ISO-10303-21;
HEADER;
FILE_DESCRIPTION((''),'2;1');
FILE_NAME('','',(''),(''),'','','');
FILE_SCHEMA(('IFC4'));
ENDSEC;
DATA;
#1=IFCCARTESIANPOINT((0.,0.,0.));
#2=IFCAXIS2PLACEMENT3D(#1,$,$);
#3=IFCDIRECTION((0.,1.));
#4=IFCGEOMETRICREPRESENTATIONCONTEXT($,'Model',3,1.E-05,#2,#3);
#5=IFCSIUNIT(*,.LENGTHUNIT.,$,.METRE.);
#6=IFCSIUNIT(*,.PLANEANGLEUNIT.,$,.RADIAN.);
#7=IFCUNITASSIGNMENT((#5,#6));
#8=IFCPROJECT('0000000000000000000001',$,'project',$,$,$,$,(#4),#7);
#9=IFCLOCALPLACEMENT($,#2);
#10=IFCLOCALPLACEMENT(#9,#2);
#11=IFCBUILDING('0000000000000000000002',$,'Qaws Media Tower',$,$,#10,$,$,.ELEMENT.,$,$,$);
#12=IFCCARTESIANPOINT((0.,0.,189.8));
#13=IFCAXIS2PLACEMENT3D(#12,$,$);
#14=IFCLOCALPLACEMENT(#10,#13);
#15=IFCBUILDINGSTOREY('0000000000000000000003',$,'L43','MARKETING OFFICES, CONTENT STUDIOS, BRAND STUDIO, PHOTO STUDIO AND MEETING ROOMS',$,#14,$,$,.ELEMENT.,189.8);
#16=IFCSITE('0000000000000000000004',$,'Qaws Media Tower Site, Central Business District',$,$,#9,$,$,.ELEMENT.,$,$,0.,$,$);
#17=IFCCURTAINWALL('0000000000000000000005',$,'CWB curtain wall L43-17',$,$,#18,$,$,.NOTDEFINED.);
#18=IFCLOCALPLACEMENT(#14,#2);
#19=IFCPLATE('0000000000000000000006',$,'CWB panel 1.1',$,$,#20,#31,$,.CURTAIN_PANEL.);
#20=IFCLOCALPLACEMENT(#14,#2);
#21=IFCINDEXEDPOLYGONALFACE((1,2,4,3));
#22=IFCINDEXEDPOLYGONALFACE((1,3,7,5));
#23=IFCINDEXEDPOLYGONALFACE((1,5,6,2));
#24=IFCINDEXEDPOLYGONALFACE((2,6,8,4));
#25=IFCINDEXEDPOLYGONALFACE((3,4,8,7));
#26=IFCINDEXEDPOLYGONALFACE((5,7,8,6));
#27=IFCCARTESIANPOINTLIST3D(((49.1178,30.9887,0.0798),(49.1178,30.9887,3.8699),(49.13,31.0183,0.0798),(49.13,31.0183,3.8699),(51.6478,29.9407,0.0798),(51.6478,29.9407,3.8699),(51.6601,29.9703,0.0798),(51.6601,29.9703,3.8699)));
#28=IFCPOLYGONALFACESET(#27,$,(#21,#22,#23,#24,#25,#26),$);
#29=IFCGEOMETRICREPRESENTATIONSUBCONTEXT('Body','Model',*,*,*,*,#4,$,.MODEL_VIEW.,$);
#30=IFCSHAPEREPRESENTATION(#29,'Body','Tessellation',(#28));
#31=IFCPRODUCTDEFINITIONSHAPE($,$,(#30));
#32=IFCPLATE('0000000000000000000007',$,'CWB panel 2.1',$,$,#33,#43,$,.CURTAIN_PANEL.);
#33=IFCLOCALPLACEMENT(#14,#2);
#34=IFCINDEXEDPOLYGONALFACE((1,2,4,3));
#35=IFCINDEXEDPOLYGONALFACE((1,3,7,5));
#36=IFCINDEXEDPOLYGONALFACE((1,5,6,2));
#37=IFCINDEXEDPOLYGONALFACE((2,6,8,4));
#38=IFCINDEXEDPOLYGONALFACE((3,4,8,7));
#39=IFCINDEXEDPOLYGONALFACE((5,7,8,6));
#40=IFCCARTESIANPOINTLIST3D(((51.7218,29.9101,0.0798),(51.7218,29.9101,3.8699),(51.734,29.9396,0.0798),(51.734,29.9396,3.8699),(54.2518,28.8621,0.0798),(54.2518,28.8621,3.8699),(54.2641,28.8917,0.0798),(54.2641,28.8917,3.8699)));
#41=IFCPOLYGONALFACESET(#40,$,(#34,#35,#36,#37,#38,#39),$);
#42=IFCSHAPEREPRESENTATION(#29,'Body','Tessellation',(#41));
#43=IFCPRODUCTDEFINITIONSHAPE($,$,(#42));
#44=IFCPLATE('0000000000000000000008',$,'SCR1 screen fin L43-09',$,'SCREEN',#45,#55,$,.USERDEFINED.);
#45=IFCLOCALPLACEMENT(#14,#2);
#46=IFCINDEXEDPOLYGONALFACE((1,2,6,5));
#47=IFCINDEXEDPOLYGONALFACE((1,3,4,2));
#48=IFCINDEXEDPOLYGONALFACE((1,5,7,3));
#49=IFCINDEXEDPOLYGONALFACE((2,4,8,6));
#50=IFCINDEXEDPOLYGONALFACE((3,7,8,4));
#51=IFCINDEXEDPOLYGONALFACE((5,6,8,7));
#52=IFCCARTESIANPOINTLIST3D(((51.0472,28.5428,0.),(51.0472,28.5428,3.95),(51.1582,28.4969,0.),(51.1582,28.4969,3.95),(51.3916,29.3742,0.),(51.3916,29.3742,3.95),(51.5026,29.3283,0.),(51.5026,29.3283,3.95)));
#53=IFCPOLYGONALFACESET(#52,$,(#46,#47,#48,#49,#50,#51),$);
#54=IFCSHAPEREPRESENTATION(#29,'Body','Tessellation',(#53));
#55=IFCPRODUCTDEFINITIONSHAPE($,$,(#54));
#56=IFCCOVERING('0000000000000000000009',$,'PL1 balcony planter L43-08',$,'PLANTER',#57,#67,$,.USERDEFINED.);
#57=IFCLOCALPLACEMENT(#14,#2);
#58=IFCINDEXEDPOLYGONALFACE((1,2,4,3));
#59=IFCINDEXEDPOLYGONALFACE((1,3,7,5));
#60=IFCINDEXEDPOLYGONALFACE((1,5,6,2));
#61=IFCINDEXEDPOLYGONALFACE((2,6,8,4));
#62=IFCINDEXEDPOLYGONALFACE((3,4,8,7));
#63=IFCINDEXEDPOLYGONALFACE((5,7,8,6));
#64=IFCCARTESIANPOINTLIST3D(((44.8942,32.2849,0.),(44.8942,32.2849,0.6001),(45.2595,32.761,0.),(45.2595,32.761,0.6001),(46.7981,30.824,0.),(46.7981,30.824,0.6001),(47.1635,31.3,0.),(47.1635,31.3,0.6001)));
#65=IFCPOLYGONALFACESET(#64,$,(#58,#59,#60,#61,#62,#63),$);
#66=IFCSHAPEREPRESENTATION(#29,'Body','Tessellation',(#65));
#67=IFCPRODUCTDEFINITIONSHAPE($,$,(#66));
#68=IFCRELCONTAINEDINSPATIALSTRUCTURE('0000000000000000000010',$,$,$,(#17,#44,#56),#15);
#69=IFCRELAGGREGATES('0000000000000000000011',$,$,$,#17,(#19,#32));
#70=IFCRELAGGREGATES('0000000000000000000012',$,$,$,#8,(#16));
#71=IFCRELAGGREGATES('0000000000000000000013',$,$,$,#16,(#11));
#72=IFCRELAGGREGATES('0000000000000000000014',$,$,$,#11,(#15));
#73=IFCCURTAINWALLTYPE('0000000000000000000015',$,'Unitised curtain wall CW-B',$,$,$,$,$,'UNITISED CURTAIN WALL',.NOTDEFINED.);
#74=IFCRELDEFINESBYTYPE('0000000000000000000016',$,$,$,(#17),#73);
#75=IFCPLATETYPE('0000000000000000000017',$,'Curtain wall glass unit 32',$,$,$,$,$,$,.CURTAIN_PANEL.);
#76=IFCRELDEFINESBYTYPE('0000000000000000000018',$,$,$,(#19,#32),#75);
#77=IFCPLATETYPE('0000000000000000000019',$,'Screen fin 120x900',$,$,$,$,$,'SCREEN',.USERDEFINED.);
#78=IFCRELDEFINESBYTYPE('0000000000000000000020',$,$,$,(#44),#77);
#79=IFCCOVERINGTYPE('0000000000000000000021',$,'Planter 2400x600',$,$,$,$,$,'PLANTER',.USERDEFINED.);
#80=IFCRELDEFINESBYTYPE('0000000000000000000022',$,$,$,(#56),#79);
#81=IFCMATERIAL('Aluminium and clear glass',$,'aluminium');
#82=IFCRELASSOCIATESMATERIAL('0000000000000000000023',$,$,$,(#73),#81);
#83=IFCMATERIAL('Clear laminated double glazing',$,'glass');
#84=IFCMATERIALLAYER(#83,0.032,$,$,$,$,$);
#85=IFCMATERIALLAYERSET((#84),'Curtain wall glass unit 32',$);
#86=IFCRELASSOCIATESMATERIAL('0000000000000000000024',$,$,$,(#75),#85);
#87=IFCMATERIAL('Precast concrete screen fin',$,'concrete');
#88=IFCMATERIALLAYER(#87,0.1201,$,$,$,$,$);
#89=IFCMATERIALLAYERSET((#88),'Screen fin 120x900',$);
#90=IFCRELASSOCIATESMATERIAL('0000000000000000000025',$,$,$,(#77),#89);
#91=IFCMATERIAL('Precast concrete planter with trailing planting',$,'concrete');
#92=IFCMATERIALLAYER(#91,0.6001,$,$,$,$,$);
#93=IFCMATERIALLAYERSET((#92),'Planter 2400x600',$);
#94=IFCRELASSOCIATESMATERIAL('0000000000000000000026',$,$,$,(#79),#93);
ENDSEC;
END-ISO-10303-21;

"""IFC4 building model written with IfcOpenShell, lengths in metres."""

from ifc_helpers import new_model, si_unit, direction, frame, origin, origin_2d, place, context, subcontext, project, spatial, rectangle, extrude, material, layer, layer_set, type_object, element, aggregate, save


model = new_model("IFC4")

# Units and contexts
model_context = context("Model", 3, precision=1e-05, world=origin(), true_north=direction((0.0, 1.0)))
body_context = subcontext(model_context, "Body", "Model", "MODEL_VIEW")
ifc_project = project(units=[si_unit("LENGTHUNIT", "METRE"), si_unit("PLANEANGLEUNIT", "RADIAN")], contexts=[model_context])

# Site, building, storey
site_placement = place(None, origin())
site = spatial("IfcSite", under=ifc_project, at=site_placement, Name="Qaws Media Tower Site, Central Business District", CompositionType="ELEMENT", RefElevation=0.0)
building_placement = place(site_placement, origin())
building = spatial("IfcBuilding", under=site, at=building_placement, Name="Qaws Media Tower", CompositionType="ELEMENT")
storey_placement = place(building_placement, frame((0.0, 0.0, 189.8)))
storey = spatial("IfcBuildingStorey", under=building, at=storey_placement, Name="L43", Description="MARKETING OFFICES, CONTENT STUDIOS, BRAND STUDIO, PHOTO STUDIO AND MEETING ROOMS", CompositionType="ELEMENT", Elevation=189.8)

# Curtain wall
ifc_material_1 = material(Name="Aluminium and clear glass", Category="aluminium")
curtain_wall_type = type_object("IfcCurtainWallType", Name="Unitised curtain wall CW-B", ElementType="UNITISED CURTAIN WALL", PredefinedType="NOTDEFINED", material=ifc_material_1)
curtain_wall_1_placement = place(storey_placement, origin())
curtain_wall_1 = element("IfcCurtainWall", 1, at=curtain_wall_1_placement, inside=storey, type_object=curtain_wall_type, Name="CWB curtain wall L43-17", PredefinedType="NOTDEFINED")

# Plates
ifc_material_2 = material(Name="Clear laminated double glazing", Category="glass")
ifc_layer_1 = layer(ifc_material_2, 0.032)
ifc_layer_set_1 = layer_set([ifc_layer_1], Name="Curtain wall glass unit 32")
plate_type_1 = type_object("IfcPlateType", Name="Curtain wall glass unit 32", PredefinedType="CURTAIN_PANEL", material=ifc_layer_set_1)
plate_1_placement = place(storey_placement, frame((50.3889, 30.4795, 0.0798), z_axis=(0.0, 0.0, 1.0), x_axis=(0.923879, -0.382684, 0.0)))
plate_1 = element("IfcPlate", 2, at=plate_1_placement, type_object=plate_type_1, Name="CWB panel 1.1", PredefinedType="CURTAIN_PANEL", context=body_context, shape_type="SweptSolid", body=[
    extrude(rectangle(XDim=2.7385, YDim=0.032, at=origin_2d()), origin(), (0.0, 0.0, 1.0), 3.79),
])
plate_2_placement = place(storey_placement, frame((52.9929, 29.4009, 0.0798), z_axis=(0.0, 0.0, 1.0), x_axis=(0.923879, -0.382684, 0.0)))
plate_2 = element("IfcPlate", 3, at=plate_2_placement, type_object=plate_type_1, Name="CWB panel 2.1", PredefinedType="CURTAIN_PANEL", context=body_context, shape_type="SweptSolid", body=[
    extrude(rectangle(XDim=2.7385, YDim=0.032, at=origin_2d()), origin(), (0.0, 0.0, 1.0), 3.79),
])
aggregate(curtain_wall_1, [plate_1, plate_2])
ifc_material_3 = material(Name="Precast concrete screen fin", Category="concrete")
ifc_layer_2 = layer(ifc_material_3, 0.1201)
ifc_layer_set_2 = layer_set([ifc_layer_2], Name="Screen fin 120x900")
plate_type_2 = type_object("IfcPlateType", Name="Screen fin 120x900", ElementType="SCREEN", PredefinedType="USERDEFINED", material=ifc_layer_set_2)
plate_3_placement = place(storey_placement, frame((51.2749, 28.9355, 0.0), z_axis=(0.0, 0.0, 1.0), x_axis=(-0.382683, -0.92388, 0.0)))
element("IfcPlate", 4, at=plate_3_placement, inside=storey, type_object=plate_type_2, Name="SCR1 screen fin L43-09", ObjectType="SCREEN", PredefinedType="USERDEFINED", context=body_context, shape_type="SweptSolid", body=[
    extrude(rectangle(XDim=0.8999, YDim=0.1201, at=origin_2d()), origin(), (0.0, 0.0, 1.0), 3.95),
])

# Covering
ifc_material_4 = material(Name="Precast concrete planter with trailing planting", Category="concrete")
ifc_layer_3 = layer(ifc_material_4, 0.6001)
ifc_layer_set_3 = layer_set([ifc_layer_3], Name="Planter 2400x600")
covering_type = type_object("IfcCoveringType", Name="Planter 2400x600", ElementType="PLANTER", PredefinedType="USERDEFINED", material=ifc_layer_set_3)
covering_placement = place(storey_placement, frame((46.0288, 31.7925, 0.0), z_axis=(0.0, 0.0, 1.0), x_axis=(0.793353, -0.608761, 0.0)))
element("IfcCovering", 5, at=covering_placement, inside=storey, type_object=covering_type, Name="PL1 balcony planter L43-08", ObjectType="PLANTER", PredefinedType="USERDEFINED", context=body_context, shape_type="SweptSolid", body=[
    extrude(rectangle(XDim=2.3999, YDim=0.6001, at=origin_2d()), origin(), (0.0, 0.0, 1.0), 0.6001),
])

save(model, "model.ifc")
